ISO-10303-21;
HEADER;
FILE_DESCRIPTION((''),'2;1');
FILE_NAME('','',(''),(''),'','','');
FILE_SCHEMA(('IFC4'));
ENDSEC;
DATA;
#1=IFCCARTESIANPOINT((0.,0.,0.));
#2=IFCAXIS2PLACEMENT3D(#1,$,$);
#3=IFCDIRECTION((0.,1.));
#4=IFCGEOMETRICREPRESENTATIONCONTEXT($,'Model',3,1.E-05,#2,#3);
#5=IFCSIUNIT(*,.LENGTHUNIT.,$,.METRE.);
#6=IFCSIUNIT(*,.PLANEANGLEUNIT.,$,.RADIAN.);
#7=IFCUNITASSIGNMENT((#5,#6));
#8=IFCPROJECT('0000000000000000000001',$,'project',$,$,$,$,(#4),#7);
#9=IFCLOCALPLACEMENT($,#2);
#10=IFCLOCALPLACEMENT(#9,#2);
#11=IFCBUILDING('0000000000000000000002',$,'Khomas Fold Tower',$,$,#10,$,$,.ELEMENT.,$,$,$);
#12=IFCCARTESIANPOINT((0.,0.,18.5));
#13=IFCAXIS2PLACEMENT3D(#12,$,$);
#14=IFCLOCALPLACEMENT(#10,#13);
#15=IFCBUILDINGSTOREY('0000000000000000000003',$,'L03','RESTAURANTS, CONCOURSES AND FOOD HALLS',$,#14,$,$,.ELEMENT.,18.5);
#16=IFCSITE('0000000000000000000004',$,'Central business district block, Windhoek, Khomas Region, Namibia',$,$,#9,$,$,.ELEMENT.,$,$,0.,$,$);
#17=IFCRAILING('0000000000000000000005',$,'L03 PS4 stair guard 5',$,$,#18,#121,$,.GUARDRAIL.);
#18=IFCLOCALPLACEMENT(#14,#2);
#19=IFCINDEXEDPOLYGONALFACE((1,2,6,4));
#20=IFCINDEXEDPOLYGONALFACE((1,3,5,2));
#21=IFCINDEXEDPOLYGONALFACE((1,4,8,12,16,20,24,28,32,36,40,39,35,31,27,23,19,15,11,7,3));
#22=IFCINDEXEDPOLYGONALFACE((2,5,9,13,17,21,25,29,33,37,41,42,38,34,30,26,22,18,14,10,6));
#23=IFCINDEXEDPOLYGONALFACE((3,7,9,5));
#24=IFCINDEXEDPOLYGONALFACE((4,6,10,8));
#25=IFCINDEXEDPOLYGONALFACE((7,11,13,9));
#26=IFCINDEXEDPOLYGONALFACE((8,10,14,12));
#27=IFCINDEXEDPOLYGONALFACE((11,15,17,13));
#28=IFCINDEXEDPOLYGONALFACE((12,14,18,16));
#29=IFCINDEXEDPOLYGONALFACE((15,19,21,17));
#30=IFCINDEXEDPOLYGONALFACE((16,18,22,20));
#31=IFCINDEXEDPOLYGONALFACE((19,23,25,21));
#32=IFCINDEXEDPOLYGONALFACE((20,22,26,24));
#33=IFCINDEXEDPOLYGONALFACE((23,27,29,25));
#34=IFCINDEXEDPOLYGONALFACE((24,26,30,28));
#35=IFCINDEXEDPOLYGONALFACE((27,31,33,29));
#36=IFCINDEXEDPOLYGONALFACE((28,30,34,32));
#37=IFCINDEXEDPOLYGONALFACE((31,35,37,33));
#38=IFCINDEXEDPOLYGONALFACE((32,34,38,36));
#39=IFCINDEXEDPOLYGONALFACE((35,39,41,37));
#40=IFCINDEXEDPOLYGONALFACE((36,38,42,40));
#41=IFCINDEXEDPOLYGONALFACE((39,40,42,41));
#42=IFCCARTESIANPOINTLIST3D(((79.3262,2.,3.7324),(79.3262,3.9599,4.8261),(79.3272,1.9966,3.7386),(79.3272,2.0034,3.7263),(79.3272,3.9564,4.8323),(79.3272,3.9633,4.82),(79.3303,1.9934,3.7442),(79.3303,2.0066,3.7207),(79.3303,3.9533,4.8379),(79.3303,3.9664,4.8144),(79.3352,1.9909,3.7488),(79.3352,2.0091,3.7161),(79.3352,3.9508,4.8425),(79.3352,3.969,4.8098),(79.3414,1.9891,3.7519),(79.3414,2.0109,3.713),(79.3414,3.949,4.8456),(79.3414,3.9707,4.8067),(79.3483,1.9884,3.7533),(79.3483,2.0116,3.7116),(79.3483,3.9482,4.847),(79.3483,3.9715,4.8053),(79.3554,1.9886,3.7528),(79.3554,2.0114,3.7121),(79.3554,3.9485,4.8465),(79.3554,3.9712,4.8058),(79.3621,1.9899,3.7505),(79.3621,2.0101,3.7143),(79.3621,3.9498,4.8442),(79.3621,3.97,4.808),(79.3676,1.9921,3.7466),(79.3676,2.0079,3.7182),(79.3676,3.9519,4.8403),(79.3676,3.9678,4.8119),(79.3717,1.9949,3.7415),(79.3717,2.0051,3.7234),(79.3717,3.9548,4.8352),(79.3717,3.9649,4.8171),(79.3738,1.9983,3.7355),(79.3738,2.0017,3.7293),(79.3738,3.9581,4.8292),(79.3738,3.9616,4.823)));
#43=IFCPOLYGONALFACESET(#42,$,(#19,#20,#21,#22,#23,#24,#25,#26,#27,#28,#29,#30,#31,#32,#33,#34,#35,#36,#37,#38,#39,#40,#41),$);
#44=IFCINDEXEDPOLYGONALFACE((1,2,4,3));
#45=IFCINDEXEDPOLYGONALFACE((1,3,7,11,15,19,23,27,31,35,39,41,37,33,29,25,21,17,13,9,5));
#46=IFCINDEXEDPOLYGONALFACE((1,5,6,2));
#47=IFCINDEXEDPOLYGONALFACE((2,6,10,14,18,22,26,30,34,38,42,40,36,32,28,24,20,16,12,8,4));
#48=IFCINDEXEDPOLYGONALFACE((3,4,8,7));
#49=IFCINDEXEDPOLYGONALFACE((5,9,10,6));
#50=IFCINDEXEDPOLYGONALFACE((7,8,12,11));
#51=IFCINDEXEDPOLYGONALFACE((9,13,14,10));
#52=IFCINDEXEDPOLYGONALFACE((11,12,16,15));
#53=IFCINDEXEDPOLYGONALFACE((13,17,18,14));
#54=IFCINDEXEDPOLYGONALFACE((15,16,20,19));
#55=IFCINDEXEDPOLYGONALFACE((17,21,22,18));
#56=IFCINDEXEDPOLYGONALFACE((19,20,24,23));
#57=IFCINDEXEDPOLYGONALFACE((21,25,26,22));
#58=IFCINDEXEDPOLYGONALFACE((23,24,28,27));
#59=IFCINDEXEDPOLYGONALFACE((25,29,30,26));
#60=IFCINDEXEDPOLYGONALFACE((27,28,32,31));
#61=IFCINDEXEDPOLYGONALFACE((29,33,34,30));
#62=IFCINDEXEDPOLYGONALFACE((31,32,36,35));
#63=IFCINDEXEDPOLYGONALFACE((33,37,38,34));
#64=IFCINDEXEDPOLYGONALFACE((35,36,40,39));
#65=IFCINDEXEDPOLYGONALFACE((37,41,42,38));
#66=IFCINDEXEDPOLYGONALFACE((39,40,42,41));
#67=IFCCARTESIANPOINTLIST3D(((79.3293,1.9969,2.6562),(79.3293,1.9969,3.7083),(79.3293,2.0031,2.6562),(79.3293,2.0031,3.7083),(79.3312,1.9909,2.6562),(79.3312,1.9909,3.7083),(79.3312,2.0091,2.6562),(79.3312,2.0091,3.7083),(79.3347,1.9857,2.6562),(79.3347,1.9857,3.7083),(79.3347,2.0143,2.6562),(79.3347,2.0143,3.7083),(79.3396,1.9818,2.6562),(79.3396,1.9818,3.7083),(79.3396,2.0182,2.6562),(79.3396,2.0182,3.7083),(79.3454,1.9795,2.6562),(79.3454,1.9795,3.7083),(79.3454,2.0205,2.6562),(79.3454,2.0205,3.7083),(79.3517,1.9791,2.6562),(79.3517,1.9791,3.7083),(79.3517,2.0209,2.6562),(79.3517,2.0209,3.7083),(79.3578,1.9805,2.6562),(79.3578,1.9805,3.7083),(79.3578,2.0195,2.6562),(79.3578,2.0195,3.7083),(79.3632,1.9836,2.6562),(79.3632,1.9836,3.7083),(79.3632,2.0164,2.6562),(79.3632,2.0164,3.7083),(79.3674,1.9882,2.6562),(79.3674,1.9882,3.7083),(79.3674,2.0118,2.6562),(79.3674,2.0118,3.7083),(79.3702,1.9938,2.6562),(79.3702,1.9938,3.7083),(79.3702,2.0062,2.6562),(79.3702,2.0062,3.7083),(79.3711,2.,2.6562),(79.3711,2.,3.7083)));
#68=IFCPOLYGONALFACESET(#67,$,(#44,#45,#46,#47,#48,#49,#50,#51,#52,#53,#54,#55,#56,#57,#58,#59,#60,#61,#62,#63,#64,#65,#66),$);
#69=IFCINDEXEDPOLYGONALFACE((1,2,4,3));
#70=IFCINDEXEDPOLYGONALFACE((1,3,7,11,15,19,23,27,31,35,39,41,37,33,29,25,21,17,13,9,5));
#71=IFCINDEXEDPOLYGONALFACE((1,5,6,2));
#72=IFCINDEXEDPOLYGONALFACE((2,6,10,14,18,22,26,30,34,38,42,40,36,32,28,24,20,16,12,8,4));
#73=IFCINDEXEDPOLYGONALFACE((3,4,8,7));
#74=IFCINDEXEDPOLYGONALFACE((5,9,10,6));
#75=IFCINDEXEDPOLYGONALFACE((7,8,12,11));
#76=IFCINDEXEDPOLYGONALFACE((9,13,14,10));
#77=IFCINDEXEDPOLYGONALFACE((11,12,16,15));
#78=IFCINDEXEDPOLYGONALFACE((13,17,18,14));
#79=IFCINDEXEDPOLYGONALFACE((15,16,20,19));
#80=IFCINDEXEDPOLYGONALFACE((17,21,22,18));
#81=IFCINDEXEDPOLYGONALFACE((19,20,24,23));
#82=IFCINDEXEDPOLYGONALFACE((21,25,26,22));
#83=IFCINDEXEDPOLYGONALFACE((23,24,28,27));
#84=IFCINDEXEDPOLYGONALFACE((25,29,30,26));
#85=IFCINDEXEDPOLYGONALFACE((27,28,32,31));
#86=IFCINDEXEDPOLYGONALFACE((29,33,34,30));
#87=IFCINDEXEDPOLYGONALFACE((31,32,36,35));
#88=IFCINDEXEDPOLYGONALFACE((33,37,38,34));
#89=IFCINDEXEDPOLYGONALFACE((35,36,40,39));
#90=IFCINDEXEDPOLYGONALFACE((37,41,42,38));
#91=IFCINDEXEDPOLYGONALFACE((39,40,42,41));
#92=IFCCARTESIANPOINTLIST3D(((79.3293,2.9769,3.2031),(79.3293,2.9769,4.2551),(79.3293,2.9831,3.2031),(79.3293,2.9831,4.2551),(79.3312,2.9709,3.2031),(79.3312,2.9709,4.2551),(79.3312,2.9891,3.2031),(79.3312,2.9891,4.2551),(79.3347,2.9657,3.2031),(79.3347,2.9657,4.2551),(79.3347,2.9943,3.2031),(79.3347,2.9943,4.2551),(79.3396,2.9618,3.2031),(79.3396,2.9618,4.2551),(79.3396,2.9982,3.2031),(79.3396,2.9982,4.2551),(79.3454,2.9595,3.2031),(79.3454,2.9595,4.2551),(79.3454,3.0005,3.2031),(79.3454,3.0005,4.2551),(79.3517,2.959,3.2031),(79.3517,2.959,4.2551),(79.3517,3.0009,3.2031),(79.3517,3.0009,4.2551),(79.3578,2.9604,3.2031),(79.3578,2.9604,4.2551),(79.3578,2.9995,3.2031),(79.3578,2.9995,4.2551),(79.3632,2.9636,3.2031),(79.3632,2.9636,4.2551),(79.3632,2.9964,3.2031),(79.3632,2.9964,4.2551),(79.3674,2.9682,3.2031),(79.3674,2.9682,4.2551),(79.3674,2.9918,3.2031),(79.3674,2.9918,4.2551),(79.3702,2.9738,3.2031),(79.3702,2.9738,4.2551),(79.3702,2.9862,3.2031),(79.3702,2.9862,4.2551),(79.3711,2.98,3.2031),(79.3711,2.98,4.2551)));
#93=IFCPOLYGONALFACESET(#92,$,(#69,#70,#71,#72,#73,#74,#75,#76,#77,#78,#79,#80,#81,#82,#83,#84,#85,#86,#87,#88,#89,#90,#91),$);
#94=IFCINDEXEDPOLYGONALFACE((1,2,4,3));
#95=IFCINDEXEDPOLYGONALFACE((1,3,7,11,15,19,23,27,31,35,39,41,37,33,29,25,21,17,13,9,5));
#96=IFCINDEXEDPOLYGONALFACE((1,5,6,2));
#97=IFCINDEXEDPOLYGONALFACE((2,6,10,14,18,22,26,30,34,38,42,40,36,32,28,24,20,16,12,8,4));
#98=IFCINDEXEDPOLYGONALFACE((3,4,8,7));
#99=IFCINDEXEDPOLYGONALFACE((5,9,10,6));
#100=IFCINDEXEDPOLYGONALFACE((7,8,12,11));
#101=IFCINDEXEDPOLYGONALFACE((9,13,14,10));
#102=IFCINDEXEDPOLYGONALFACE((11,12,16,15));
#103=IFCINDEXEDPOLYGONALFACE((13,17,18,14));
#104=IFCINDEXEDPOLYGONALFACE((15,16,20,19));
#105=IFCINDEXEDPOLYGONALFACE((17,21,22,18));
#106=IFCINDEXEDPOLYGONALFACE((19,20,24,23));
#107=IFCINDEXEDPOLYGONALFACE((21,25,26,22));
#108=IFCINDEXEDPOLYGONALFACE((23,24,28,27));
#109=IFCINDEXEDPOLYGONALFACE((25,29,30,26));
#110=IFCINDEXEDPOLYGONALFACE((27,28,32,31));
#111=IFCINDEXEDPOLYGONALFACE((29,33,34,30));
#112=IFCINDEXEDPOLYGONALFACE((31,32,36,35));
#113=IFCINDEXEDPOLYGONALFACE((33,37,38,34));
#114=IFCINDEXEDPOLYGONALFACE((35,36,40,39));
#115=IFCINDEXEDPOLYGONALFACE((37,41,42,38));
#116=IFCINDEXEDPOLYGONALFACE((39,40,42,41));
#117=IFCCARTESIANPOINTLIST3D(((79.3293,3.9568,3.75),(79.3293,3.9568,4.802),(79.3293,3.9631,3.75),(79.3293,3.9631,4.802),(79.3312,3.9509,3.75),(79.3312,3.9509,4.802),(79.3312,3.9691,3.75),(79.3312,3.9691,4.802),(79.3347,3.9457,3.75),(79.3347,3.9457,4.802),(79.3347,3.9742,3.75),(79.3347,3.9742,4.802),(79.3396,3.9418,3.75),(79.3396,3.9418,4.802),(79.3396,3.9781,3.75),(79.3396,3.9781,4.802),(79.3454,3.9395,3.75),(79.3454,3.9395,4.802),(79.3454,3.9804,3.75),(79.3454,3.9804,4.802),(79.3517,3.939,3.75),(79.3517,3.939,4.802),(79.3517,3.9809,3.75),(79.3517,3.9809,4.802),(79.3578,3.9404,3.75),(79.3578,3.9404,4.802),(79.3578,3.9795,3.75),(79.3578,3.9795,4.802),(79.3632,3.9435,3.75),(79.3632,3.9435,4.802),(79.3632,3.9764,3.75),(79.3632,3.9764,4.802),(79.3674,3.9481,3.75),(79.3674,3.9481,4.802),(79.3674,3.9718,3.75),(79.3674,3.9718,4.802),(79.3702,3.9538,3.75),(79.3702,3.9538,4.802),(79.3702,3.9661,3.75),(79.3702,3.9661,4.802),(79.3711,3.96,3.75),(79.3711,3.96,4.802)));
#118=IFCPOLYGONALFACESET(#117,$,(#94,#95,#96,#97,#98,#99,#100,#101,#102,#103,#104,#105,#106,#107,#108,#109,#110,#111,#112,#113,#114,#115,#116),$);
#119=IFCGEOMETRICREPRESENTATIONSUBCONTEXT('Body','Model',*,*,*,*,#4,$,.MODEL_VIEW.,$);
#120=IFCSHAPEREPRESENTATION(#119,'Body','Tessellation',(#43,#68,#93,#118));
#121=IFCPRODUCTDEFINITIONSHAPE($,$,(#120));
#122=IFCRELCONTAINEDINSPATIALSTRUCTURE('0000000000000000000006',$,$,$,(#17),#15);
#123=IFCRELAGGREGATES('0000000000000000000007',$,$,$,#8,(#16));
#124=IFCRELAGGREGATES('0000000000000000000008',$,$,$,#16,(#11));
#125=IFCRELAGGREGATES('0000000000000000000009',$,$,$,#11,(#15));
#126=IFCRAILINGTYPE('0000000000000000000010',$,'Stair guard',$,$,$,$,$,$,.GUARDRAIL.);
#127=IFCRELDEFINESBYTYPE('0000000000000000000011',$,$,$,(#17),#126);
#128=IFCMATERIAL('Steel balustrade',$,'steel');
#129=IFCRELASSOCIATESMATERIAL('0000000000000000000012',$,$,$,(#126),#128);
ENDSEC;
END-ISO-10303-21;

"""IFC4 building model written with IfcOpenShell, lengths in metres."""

from ifc_helpers import new_model, si_unit, direction, frame, origin, origin_2d, place, context, subcontext, project, spatial, circle, extrude, source, transform, mapped, material, type_object, element, save


model = new_model("IFC4")

# Units and contexts
model_context = context("Model", 3, precision=1e-05, world=origin(), true_north=direction((0.0, 1.0)))
body_context = subcontext(model_context, "Body", "Model", "MODEL_VIEW")
ifc_project = project(units=[si_unit("LENGTHUNIT", "METRE"), si_unit("PLANEANGLEUNIT", "RADIAN")], contexts=[model_context])

# Site, building, storey
site_placement = place(None, origin())
site = spatial("IfcSite", under=ifc_project, at=site_placement, Name="Central business district block, Windhoek, Khomas Region, Namibia", CompositionType="ELEMENT", RefElevation=0.0)
building_placement = place(site_placement, origin())
building = spatial("IfcBuilding", under=site, at=building_placement, Name="Khomas Fold Tower", CompositionType="ELEMENT")
storey_placement = place(building_placement, frame((0.0, 0.0, 18.5)))
storey = spatial("IfcBuildingStorey", under=building, at=storey_placement, Name="L03", Description="RESTAURANTS, CONCOURSES AND FOOD HALLS", CompositionType="ELEMENT", Elevation=18.5)

# Railing
ifc_material_1 = material(Name="Steel balustrade", Category="steel")
railing_type_1 = type_object("IfcRailingType", Name="Stair guard", PredefinedType="GUARDRAIL", material=ifc_material_1)
shared_shape_1 = source(origin(), body_context, "Body", "SweptSolid", [
    extrude(circle(Radius=0.0239, at=origin_2d()), frame((0.0, 0.0, 1.0762), z_axis=(0.0, 0.873232, 0.487304), x_axis=(-1.0, 0.0, 0.0)), (0.0, 0.0, 1.0), 2.2444),
    extrude(circle(Radius=0.021, at=origin_2d()), origin(), (0.0, 0.0, 1.0), 1.052),
    extrude(circle(Radius=0.021, at=origin_2d()), frame((0.0, 0.98, 0.5469)), (0.0, 0.0, 1.0), 1.052),
    extrude(circle(Radius=0.021, at=origin_2d()), frame((0.0, 1.96, 1.0938)), (0.0, 0.0, 1.0), 1.052),
])
for number, where, name in (
    (1, (79.3501, 2.0, 2.6562), "L03 PS4 stair guard 5"),
):
    element("IfcRailing", number, at=place(storey_placement, frame(where)), inside=storey, type_object=railing_type_1, Name=name, PredefinedType="GUARDRAIL", context=body_context, shape_type="MappedRepresentation", body=[
        mapped(shared_shape_1, transform((0.0, 0.0, 0.0))),
    ])

save(model, "model.ifc")
